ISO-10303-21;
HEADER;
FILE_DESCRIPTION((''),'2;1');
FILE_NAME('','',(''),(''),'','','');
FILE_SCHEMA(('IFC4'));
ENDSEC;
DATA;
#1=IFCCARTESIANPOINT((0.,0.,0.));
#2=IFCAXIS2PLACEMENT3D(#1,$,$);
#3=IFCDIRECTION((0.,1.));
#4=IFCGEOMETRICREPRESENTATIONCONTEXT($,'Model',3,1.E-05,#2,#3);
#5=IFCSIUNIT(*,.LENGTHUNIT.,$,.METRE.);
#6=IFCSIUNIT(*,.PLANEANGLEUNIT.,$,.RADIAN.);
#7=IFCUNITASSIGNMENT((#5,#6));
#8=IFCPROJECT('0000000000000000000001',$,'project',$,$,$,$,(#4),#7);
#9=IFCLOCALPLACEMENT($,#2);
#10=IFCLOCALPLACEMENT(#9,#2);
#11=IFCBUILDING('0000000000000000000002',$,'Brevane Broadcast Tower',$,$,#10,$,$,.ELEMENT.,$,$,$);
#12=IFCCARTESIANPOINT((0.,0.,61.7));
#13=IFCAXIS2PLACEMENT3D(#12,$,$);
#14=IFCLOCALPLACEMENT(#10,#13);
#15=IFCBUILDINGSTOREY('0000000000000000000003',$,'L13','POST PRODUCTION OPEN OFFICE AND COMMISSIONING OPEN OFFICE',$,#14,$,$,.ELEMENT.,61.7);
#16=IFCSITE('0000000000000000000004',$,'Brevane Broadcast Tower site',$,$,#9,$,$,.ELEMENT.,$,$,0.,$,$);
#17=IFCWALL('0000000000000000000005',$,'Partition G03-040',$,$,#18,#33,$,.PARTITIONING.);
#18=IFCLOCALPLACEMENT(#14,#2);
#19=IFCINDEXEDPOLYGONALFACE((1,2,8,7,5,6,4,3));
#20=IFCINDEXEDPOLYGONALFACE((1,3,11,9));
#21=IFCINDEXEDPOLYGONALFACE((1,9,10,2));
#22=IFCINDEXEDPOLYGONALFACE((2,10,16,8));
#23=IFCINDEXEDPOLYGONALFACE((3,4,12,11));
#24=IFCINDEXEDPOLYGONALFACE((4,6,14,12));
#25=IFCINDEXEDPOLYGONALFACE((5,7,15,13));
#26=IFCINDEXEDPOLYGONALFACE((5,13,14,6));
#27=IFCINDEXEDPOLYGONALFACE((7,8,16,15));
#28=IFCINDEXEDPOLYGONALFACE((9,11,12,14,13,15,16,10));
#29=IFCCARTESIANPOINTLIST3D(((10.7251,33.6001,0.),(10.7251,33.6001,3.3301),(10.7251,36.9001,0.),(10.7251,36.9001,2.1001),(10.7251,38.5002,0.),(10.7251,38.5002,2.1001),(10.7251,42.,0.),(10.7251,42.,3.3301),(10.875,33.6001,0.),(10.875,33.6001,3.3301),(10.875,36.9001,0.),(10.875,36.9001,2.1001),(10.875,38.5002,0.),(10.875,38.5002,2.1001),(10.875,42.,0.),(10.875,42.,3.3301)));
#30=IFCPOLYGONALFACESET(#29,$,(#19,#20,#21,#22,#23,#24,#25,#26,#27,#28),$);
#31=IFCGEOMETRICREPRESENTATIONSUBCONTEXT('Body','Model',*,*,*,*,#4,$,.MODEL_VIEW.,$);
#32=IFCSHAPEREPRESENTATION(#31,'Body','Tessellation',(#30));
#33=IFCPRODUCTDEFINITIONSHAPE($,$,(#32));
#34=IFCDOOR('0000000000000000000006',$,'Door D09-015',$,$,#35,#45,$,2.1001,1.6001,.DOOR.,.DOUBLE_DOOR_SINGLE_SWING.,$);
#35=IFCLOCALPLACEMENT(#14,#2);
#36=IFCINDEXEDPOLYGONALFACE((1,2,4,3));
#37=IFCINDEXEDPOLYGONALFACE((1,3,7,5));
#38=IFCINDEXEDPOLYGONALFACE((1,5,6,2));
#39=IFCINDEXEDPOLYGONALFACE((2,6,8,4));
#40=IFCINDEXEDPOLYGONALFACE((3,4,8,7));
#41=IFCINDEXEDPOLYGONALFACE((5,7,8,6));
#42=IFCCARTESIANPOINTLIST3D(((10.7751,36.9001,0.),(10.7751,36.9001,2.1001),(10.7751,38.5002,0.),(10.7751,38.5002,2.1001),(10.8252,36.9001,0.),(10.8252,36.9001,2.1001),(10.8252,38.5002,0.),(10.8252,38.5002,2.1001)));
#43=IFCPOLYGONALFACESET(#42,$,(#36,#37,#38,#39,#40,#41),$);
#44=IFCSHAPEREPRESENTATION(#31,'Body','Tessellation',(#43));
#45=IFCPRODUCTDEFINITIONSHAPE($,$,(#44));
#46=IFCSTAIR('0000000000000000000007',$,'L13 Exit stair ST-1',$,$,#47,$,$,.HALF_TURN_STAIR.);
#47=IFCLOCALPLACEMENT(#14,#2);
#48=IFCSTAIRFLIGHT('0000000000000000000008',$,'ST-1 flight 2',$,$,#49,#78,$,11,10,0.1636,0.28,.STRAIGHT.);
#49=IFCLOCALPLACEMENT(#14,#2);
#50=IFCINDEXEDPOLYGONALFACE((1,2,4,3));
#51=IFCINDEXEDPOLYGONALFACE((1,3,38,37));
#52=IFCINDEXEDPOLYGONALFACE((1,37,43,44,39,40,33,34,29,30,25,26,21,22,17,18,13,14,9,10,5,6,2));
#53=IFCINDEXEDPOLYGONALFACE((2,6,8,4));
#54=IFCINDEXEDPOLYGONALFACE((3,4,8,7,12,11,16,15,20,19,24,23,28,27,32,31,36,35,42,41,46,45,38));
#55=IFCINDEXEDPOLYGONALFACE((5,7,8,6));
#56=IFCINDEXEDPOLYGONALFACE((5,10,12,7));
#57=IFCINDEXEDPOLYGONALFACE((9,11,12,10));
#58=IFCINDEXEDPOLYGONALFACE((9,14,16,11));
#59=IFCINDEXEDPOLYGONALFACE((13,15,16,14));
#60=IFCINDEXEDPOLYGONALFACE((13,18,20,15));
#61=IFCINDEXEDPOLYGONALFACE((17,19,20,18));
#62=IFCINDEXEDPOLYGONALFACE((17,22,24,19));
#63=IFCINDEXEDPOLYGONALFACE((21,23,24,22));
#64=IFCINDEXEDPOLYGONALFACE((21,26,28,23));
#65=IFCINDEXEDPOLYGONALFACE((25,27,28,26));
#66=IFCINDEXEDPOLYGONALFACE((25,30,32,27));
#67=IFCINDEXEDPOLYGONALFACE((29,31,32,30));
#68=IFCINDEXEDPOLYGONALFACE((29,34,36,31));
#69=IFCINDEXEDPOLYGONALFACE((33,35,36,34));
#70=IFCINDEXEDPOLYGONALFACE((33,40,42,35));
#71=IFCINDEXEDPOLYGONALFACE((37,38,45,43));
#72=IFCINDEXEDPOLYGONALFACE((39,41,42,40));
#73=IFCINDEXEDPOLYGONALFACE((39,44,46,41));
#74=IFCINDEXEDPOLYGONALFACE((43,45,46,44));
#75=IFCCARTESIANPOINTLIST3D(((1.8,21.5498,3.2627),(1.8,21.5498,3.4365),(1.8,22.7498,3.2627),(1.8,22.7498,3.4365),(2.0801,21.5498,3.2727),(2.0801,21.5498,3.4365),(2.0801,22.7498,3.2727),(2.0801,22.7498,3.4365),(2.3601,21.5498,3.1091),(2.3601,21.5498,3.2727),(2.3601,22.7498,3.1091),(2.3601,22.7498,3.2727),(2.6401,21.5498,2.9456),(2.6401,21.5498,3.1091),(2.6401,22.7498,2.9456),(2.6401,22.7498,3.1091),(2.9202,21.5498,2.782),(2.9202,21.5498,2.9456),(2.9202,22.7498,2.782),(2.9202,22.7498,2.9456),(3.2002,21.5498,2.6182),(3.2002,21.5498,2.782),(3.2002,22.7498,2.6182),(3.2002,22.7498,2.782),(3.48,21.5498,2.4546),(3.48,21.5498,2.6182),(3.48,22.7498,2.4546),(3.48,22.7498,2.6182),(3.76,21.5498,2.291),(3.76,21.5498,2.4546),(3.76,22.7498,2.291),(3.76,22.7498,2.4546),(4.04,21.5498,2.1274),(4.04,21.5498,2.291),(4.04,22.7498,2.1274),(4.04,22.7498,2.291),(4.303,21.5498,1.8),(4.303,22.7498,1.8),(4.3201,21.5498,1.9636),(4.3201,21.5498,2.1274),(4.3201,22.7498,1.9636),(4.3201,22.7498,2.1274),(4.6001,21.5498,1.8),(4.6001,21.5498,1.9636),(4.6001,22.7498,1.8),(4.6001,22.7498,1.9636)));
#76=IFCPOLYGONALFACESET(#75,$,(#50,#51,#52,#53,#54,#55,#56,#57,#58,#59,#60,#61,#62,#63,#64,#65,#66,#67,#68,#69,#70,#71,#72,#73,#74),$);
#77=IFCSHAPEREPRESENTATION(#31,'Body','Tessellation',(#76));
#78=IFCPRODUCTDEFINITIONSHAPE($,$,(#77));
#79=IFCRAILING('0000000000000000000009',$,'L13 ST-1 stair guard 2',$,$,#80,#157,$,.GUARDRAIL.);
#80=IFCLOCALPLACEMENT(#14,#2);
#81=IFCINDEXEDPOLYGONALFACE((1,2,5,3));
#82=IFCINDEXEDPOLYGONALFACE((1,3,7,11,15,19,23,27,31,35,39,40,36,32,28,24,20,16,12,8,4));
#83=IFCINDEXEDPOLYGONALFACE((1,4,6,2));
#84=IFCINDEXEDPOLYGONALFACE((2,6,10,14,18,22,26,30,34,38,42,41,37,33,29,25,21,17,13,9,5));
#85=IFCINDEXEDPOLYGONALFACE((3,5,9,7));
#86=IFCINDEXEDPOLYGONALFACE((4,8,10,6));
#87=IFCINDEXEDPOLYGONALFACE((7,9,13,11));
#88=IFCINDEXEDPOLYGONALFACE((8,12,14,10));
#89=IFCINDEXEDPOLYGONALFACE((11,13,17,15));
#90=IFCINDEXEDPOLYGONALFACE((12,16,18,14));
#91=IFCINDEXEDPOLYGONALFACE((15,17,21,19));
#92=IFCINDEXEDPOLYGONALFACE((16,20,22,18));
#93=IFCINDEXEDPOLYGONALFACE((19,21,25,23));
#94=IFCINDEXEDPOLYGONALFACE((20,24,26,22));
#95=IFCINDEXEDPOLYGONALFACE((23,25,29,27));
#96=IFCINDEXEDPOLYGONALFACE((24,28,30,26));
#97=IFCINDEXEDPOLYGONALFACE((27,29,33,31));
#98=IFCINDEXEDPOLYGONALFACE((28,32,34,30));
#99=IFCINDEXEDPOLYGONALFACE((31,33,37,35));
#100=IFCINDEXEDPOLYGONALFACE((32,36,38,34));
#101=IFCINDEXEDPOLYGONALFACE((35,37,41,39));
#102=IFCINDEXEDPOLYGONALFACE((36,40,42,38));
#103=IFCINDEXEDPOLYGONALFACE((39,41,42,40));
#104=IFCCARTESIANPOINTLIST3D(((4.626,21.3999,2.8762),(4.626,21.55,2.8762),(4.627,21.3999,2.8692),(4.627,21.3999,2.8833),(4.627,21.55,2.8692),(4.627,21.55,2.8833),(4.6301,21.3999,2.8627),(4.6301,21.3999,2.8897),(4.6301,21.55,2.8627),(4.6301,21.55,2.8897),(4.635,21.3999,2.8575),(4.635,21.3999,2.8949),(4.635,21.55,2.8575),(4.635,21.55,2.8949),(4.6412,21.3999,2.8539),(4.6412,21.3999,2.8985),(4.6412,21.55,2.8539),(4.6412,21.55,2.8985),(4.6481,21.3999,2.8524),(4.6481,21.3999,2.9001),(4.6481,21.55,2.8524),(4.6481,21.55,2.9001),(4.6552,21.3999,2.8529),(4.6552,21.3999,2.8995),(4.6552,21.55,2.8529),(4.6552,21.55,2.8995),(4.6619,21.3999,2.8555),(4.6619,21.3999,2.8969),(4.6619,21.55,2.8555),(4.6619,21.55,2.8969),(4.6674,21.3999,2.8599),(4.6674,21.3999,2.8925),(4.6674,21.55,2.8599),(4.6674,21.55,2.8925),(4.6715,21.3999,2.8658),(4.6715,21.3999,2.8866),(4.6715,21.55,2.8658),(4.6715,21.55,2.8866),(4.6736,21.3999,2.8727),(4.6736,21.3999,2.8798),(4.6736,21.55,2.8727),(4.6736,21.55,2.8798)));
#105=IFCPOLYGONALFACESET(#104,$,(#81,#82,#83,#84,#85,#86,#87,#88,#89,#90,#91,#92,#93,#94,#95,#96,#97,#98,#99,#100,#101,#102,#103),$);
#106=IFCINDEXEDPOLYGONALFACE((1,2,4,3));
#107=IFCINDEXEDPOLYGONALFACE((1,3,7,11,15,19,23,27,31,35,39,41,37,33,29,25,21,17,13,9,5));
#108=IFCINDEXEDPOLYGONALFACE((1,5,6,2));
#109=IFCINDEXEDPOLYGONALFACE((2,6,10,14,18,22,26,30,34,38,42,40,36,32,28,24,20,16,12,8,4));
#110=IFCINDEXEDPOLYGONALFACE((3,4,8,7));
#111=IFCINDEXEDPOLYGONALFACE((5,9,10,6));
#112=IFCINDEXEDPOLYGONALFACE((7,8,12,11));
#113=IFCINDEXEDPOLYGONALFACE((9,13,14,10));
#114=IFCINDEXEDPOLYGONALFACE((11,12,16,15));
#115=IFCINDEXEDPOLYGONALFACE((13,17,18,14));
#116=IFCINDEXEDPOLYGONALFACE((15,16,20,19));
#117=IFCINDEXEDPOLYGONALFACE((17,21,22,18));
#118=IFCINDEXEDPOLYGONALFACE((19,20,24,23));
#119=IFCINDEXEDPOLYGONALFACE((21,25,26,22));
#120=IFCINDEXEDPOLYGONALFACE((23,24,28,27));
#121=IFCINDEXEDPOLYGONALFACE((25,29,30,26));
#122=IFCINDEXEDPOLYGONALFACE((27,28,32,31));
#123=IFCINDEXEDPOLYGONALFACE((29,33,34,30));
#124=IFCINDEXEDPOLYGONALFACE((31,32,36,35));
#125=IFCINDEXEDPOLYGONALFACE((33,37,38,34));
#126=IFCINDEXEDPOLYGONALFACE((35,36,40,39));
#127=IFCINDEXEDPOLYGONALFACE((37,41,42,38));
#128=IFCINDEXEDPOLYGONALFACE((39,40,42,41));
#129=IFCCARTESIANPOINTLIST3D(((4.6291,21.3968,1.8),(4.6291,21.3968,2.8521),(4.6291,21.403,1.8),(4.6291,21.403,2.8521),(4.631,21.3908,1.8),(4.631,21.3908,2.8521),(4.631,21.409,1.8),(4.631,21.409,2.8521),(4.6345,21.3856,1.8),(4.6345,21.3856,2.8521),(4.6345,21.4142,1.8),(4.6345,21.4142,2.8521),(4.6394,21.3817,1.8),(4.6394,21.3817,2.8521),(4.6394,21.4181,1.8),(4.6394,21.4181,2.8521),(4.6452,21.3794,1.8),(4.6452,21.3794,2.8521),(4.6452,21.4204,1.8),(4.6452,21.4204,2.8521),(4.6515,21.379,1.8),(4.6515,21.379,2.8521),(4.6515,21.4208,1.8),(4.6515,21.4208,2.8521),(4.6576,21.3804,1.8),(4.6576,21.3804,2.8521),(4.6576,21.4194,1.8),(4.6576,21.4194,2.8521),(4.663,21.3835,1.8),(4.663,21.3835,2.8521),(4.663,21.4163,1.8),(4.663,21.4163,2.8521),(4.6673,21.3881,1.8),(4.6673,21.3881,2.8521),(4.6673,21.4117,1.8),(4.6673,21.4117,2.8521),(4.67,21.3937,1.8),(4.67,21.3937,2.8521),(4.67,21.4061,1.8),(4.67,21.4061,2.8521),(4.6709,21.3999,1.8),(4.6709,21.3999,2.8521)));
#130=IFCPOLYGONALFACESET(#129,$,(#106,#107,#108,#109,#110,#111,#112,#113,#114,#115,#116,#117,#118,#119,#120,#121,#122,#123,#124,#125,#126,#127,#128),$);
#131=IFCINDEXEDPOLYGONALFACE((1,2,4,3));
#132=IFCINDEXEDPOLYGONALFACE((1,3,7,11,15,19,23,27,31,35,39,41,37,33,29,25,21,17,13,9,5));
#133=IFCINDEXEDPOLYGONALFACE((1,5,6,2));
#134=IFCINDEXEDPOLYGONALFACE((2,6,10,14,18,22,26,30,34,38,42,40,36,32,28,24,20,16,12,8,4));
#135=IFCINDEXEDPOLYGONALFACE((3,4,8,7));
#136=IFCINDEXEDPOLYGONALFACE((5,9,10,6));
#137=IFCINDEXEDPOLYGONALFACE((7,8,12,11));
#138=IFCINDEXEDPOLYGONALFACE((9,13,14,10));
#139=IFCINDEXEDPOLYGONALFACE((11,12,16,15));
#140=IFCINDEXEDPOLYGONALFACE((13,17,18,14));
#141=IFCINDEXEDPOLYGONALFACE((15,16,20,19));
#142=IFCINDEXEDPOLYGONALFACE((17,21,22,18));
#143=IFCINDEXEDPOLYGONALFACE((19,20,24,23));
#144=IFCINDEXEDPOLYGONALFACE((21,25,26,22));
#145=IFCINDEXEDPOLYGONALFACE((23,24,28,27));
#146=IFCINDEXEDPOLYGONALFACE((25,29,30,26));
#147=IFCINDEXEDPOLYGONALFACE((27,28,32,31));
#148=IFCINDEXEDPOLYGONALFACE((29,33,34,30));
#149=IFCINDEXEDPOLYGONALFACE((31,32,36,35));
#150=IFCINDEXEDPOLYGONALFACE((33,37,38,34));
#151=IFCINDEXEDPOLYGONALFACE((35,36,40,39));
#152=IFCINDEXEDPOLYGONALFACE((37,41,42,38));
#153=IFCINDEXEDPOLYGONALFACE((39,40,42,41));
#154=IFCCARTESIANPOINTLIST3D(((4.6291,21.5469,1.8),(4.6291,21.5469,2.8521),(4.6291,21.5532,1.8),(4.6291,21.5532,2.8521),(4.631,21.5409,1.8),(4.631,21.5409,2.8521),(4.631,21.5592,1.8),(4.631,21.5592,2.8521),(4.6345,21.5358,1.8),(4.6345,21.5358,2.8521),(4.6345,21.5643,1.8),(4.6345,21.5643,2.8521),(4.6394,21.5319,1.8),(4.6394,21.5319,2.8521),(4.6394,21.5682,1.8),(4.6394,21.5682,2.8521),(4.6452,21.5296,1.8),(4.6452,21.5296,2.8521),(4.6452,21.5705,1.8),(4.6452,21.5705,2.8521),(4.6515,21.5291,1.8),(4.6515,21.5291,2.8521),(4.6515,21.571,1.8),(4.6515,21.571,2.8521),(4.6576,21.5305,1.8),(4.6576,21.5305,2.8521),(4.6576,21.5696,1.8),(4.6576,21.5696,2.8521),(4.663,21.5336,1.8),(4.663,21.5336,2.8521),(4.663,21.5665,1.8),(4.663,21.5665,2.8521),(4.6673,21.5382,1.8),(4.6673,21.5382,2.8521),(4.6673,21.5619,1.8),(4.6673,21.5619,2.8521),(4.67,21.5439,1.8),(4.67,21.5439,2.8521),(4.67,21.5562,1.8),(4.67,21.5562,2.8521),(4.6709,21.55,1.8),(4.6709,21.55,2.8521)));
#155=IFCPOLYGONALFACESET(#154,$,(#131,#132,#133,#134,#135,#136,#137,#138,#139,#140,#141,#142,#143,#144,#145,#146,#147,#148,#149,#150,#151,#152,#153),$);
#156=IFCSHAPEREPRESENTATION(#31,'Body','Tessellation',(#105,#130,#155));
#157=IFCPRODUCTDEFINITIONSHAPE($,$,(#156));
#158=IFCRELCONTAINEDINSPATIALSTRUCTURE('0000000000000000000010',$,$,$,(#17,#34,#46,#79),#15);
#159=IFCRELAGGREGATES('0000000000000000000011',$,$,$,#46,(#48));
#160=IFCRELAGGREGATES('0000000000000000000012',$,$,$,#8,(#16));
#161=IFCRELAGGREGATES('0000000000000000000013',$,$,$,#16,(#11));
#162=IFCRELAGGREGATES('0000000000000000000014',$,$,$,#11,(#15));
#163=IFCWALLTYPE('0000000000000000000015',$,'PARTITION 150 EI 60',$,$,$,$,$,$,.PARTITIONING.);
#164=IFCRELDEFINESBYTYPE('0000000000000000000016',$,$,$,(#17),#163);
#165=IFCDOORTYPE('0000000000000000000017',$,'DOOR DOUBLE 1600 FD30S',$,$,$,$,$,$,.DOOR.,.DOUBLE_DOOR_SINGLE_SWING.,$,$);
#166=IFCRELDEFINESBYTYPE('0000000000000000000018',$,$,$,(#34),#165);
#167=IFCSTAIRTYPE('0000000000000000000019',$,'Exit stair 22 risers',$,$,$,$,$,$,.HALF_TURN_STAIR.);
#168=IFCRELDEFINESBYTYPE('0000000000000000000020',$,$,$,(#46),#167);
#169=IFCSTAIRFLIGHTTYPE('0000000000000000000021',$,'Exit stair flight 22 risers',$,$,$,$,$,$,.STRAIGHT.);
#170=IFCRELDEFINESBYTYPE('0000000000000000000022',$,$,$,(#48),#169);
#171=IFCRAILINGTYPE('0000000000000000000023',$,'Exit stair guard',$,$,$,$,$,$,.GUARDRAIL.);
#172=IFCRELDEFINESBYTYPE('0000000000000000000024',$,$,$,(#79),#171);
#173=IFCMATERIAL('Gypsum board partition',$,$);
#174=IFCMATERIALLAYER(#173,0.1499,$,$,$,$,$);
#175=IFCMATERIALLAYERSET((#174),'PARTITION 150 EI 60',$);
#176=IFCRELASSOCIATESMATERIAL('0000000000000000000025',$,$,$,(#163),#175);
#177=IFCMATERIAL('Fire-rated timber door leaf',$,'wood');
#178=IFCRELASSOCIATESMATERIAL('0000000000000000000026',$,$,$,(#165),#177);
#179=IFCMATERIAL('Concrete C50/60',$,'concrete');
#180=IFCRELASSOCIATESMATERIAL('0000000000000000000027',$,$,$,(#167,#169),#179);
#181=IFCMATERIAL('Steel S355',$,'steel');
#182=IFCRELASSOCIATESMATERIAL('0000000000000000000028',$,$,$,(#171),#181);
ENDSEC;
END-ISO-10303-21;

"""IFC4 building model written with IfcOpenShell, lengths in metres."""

from ifc_helpers import new_model, si_unit, direction, frame, frame_2d, origin, origin_2d, place, context, subcontext, project, spatial, polyline, rectangle, circle, outline, extrude, material, layer, layer_set, type_object, element, fill, aggregate, save


model = new_model("IFC4")

# Units and contexts
model_context = context("Model", 3, precision=1e-05, world=origin(), true_north=direction((0.0, 1.0)))
body_context = subcontext(model_context, "Body", "Model", "MODEL_VIEW")
ifc_project = project(units=[si_unit("LENGTHUNIT", "METRE"), si_unit("PLANEANGLEUNIT", "RADIAN")], contexts=[model_context])

# Site, building, storey
site_placement = place(None, origin())
site = spatial("IfcSite", under=ifc_project, at=site_placement, Name="Brevane Broadcast Tower site", CompositionType="ELEMENT", RefElevation=0.0)
building_placement = place(site_placement, origin())
building = spatial("IfcBuilding", under=site, at=building_placement, Name="Brevane Broadcast Tower", CompositionType="ELEMENT")
storey_placement = place(building_placement, frame((0.0, 0.0, 61.7)))
storey = spatial("IfcBuildingStorey", under=building, at=storey_placement, Name="L13", Description="POST PRODUCTION OPEN OFFICE AND COMMISSIONING OPEN OFFICE", CompositionType="ELEMENT", Elevation=61.7)

# Shared definitions
ifc_material_1 = material(Name="Gypsum board partition")

# Shared definitions
ifc_layer_1 = layer(ifc_material_1, 0.1499)
ifc_layer_set_1 = layer_set([ifc_layer_1], Name="PARTITION 150 EI 60")
wall_type_1 = type_object("IfcWallType", Name="PARTITION 150 EI 60", PredefinedType="PARTITIONING", material=ifc_layer_set_1)
ifc_material_2 = material(Name="Fire-rated timber door leaf", Category="wood")
door_type_1 = type_object("IfcDoorType", Name="DOOR DOUBLE 1600 FD30S", OperationType="DOUBLE_DOOR_SINGLE_SWING", PredefinedType="DOOR", material=ifc_material_2)

# Wall, opening, door
wall_1_placement = place(storey_placement, frame((10.8, 33.6001, 0.0), z_axis=(0.0, 0.0, 1.0), x_axis=(0.0, 1.0, 0.0)))
wall_1 = element("IfcWall", 1, at=wall_1_placement, inside=storey, type_object=wall_type_1, Name="Partition G03-040", PredefinedType="PARTITIONING", context=body_context, shape_type="SweptSolid", body=[
    extrude(rectangle(XDim=8.3999, YDim=0.1499, at=frame_2d((4.2, 0.0))), origin(), (0.0, 0.0, 1.0), 3.3301),
])
opening_1_placement = place(wall_1_placement, frame((3.3, 0.0, 0.0)))
opening_1 = element("IfcOpeningElement", 2, at=opening_1_placement, cuts=wall_1, PredefinedType="OPENING", context=body_context, shape_type="SweptSolid", body=[
    extrude(rectangle(XDim=1.6001, YDim=2.1001, at=frame_2d((0.8, 1.05))), frame((0.0, 0.085, 0.0), z_axis=(0.0, -1.0, 0.0), x_axis=(1.0, 0.0, 0.0)), (0.0, 0.0, 1.0), 0.1699),
])
door_1_placement = place(opening_1_placement, origin())
door_1 = element("IfcDoor", 3, at=door_1_placement, inside=storey, type_object=door_type_1, Name="Door D09-015", OperationType="DOUBLE_DOOR_SINGLE_SWING", OverallHeight=2.1001, OverallWidth=1.6001, PredefinedType="DOOR", context=body_context, shape_type="SweptSolid", body=[
    extrude(rectangle(XDim=1.6001, YDim=2.1001, at=frame_2d((0.8, 1.05))), frame((0.0, 0.0249, 0.0), z_axis=(0.0, -1.0, 0.0), x_axis=(1.0, 0.0, 0.0)), (0.0, 0.0, 1.0), 0.05),
])
fill(opening_1, door_1)

# Stair, stair flight
ifc_material_3 = material(Name="Concrete C50/60", Category="concrete")
stair_type = type_object("IfcStairType", Name="Exit stair 22 risers", PredefinedType="HALF_TURN_STAIR", material=ifc_material_3)
stair_placement = place(storey_placement, origin())
stair = element("IfcStair", 4, at=stair_placement, inside=storey, type_object=stair_type, Name="L13 Exit stair ST-1", PredefinedType="HALF_TURN_STAIR")
stair_flight_type = type_object("IfcStairFlightType", Name="Exit stair flight 22 risers", PredefinedType="STRAIGHT", material=ifc_material_3)
stair_flight_placement = place(storey_placement, frame((4.6001, 22.1499, 1.8), z_axis=(0.0, 0.0, 1.0), x_axis=(-1.0, 0.0, 0.0)))
stair_flight = element("IfcStairFlight", 5, at=stair_flight_placement, type_object=stair_flight_type, Name="ST-1 flight 2", NumberOfRisers=11, NumberOfTreads=10, PredefinedType="STRAIGHT", RiserHeight=0.1636, TreadLength=0.28, context=body_context, shape_type="SweptSolid", body=[
    extrude(outline(polyline([(0.0, 0.0), (0.0, 0.1636), (0.28, 0.1636), (0.28, 0.3274), (0.5601, 0.3274), (0.5601, 0.491), (0.8401, 0.491), (0.8401, 0.6545), (1.1201, 0.6545), (1.1201, 0.8181), (1.3999, 0.8181), (1.3999, 0.9819), (1.6799, 0.9819), (1.6799, 1.1455), (1.96, 1.1455), (1.96, 1.3091), (2.24, 1.3091), (2.24, 1.4727), (2.52, 1.4727), (2.52, 1.6365), (2.8, 1.6365), (2.8, 1.8), (2.8, 1.4626), (0.2971, 0.0), (0.0, 0.0)])), frame((0.0, 0.6001, 0.0), z_axis=(0.0, -1.0, 0.0), x_axis=(1.0, 0.0, 0.0)), (0.0, 0.0, 1.0), 1.2),
])
aggregate(stair, [stair_flight])

# Railing
ifc_material_4 = material(Name="Steel S355", Category="steel")
railing_type_1 = type_object("IfcRailingType", Name="Exit stair guard", PredefinedType="GUARDRAIL", material=ifc_material_4)
railing_1_placement = place(storey_placement, frame((4.6499, 21.3999, 1.8)))
element("IfcRailing", 6, at=railing_1_placement, inside=storey, type_object=railing_type_1, Name="L13 ST-1 stair guard 2", PredefinedType="GUARDRAIL", context=body_context, shape_type="SweptSolid", body=[
    extrude(circle(Radius=0.0239, at=origin_2d()), frame((0.0, 0.0, 1.0762), z_axis=(0.0, 1.0, 0.0), x_axis=(-1.0, 0.0, 0.0)), (0.0, 0.0, 1.0), 0.1501),
    extrude(circle(Radius=0.021, at=origin_2d()), origin(), (0.0, 0.0, 1.0), 1.052),
    extrude(circle(Radius=0.021, at=origin_2d()), frame((0.0, 0.1501, 0.0)), (0.0, 0.0, 1.0), 1.052),
])

save(model, "model.ifc")
